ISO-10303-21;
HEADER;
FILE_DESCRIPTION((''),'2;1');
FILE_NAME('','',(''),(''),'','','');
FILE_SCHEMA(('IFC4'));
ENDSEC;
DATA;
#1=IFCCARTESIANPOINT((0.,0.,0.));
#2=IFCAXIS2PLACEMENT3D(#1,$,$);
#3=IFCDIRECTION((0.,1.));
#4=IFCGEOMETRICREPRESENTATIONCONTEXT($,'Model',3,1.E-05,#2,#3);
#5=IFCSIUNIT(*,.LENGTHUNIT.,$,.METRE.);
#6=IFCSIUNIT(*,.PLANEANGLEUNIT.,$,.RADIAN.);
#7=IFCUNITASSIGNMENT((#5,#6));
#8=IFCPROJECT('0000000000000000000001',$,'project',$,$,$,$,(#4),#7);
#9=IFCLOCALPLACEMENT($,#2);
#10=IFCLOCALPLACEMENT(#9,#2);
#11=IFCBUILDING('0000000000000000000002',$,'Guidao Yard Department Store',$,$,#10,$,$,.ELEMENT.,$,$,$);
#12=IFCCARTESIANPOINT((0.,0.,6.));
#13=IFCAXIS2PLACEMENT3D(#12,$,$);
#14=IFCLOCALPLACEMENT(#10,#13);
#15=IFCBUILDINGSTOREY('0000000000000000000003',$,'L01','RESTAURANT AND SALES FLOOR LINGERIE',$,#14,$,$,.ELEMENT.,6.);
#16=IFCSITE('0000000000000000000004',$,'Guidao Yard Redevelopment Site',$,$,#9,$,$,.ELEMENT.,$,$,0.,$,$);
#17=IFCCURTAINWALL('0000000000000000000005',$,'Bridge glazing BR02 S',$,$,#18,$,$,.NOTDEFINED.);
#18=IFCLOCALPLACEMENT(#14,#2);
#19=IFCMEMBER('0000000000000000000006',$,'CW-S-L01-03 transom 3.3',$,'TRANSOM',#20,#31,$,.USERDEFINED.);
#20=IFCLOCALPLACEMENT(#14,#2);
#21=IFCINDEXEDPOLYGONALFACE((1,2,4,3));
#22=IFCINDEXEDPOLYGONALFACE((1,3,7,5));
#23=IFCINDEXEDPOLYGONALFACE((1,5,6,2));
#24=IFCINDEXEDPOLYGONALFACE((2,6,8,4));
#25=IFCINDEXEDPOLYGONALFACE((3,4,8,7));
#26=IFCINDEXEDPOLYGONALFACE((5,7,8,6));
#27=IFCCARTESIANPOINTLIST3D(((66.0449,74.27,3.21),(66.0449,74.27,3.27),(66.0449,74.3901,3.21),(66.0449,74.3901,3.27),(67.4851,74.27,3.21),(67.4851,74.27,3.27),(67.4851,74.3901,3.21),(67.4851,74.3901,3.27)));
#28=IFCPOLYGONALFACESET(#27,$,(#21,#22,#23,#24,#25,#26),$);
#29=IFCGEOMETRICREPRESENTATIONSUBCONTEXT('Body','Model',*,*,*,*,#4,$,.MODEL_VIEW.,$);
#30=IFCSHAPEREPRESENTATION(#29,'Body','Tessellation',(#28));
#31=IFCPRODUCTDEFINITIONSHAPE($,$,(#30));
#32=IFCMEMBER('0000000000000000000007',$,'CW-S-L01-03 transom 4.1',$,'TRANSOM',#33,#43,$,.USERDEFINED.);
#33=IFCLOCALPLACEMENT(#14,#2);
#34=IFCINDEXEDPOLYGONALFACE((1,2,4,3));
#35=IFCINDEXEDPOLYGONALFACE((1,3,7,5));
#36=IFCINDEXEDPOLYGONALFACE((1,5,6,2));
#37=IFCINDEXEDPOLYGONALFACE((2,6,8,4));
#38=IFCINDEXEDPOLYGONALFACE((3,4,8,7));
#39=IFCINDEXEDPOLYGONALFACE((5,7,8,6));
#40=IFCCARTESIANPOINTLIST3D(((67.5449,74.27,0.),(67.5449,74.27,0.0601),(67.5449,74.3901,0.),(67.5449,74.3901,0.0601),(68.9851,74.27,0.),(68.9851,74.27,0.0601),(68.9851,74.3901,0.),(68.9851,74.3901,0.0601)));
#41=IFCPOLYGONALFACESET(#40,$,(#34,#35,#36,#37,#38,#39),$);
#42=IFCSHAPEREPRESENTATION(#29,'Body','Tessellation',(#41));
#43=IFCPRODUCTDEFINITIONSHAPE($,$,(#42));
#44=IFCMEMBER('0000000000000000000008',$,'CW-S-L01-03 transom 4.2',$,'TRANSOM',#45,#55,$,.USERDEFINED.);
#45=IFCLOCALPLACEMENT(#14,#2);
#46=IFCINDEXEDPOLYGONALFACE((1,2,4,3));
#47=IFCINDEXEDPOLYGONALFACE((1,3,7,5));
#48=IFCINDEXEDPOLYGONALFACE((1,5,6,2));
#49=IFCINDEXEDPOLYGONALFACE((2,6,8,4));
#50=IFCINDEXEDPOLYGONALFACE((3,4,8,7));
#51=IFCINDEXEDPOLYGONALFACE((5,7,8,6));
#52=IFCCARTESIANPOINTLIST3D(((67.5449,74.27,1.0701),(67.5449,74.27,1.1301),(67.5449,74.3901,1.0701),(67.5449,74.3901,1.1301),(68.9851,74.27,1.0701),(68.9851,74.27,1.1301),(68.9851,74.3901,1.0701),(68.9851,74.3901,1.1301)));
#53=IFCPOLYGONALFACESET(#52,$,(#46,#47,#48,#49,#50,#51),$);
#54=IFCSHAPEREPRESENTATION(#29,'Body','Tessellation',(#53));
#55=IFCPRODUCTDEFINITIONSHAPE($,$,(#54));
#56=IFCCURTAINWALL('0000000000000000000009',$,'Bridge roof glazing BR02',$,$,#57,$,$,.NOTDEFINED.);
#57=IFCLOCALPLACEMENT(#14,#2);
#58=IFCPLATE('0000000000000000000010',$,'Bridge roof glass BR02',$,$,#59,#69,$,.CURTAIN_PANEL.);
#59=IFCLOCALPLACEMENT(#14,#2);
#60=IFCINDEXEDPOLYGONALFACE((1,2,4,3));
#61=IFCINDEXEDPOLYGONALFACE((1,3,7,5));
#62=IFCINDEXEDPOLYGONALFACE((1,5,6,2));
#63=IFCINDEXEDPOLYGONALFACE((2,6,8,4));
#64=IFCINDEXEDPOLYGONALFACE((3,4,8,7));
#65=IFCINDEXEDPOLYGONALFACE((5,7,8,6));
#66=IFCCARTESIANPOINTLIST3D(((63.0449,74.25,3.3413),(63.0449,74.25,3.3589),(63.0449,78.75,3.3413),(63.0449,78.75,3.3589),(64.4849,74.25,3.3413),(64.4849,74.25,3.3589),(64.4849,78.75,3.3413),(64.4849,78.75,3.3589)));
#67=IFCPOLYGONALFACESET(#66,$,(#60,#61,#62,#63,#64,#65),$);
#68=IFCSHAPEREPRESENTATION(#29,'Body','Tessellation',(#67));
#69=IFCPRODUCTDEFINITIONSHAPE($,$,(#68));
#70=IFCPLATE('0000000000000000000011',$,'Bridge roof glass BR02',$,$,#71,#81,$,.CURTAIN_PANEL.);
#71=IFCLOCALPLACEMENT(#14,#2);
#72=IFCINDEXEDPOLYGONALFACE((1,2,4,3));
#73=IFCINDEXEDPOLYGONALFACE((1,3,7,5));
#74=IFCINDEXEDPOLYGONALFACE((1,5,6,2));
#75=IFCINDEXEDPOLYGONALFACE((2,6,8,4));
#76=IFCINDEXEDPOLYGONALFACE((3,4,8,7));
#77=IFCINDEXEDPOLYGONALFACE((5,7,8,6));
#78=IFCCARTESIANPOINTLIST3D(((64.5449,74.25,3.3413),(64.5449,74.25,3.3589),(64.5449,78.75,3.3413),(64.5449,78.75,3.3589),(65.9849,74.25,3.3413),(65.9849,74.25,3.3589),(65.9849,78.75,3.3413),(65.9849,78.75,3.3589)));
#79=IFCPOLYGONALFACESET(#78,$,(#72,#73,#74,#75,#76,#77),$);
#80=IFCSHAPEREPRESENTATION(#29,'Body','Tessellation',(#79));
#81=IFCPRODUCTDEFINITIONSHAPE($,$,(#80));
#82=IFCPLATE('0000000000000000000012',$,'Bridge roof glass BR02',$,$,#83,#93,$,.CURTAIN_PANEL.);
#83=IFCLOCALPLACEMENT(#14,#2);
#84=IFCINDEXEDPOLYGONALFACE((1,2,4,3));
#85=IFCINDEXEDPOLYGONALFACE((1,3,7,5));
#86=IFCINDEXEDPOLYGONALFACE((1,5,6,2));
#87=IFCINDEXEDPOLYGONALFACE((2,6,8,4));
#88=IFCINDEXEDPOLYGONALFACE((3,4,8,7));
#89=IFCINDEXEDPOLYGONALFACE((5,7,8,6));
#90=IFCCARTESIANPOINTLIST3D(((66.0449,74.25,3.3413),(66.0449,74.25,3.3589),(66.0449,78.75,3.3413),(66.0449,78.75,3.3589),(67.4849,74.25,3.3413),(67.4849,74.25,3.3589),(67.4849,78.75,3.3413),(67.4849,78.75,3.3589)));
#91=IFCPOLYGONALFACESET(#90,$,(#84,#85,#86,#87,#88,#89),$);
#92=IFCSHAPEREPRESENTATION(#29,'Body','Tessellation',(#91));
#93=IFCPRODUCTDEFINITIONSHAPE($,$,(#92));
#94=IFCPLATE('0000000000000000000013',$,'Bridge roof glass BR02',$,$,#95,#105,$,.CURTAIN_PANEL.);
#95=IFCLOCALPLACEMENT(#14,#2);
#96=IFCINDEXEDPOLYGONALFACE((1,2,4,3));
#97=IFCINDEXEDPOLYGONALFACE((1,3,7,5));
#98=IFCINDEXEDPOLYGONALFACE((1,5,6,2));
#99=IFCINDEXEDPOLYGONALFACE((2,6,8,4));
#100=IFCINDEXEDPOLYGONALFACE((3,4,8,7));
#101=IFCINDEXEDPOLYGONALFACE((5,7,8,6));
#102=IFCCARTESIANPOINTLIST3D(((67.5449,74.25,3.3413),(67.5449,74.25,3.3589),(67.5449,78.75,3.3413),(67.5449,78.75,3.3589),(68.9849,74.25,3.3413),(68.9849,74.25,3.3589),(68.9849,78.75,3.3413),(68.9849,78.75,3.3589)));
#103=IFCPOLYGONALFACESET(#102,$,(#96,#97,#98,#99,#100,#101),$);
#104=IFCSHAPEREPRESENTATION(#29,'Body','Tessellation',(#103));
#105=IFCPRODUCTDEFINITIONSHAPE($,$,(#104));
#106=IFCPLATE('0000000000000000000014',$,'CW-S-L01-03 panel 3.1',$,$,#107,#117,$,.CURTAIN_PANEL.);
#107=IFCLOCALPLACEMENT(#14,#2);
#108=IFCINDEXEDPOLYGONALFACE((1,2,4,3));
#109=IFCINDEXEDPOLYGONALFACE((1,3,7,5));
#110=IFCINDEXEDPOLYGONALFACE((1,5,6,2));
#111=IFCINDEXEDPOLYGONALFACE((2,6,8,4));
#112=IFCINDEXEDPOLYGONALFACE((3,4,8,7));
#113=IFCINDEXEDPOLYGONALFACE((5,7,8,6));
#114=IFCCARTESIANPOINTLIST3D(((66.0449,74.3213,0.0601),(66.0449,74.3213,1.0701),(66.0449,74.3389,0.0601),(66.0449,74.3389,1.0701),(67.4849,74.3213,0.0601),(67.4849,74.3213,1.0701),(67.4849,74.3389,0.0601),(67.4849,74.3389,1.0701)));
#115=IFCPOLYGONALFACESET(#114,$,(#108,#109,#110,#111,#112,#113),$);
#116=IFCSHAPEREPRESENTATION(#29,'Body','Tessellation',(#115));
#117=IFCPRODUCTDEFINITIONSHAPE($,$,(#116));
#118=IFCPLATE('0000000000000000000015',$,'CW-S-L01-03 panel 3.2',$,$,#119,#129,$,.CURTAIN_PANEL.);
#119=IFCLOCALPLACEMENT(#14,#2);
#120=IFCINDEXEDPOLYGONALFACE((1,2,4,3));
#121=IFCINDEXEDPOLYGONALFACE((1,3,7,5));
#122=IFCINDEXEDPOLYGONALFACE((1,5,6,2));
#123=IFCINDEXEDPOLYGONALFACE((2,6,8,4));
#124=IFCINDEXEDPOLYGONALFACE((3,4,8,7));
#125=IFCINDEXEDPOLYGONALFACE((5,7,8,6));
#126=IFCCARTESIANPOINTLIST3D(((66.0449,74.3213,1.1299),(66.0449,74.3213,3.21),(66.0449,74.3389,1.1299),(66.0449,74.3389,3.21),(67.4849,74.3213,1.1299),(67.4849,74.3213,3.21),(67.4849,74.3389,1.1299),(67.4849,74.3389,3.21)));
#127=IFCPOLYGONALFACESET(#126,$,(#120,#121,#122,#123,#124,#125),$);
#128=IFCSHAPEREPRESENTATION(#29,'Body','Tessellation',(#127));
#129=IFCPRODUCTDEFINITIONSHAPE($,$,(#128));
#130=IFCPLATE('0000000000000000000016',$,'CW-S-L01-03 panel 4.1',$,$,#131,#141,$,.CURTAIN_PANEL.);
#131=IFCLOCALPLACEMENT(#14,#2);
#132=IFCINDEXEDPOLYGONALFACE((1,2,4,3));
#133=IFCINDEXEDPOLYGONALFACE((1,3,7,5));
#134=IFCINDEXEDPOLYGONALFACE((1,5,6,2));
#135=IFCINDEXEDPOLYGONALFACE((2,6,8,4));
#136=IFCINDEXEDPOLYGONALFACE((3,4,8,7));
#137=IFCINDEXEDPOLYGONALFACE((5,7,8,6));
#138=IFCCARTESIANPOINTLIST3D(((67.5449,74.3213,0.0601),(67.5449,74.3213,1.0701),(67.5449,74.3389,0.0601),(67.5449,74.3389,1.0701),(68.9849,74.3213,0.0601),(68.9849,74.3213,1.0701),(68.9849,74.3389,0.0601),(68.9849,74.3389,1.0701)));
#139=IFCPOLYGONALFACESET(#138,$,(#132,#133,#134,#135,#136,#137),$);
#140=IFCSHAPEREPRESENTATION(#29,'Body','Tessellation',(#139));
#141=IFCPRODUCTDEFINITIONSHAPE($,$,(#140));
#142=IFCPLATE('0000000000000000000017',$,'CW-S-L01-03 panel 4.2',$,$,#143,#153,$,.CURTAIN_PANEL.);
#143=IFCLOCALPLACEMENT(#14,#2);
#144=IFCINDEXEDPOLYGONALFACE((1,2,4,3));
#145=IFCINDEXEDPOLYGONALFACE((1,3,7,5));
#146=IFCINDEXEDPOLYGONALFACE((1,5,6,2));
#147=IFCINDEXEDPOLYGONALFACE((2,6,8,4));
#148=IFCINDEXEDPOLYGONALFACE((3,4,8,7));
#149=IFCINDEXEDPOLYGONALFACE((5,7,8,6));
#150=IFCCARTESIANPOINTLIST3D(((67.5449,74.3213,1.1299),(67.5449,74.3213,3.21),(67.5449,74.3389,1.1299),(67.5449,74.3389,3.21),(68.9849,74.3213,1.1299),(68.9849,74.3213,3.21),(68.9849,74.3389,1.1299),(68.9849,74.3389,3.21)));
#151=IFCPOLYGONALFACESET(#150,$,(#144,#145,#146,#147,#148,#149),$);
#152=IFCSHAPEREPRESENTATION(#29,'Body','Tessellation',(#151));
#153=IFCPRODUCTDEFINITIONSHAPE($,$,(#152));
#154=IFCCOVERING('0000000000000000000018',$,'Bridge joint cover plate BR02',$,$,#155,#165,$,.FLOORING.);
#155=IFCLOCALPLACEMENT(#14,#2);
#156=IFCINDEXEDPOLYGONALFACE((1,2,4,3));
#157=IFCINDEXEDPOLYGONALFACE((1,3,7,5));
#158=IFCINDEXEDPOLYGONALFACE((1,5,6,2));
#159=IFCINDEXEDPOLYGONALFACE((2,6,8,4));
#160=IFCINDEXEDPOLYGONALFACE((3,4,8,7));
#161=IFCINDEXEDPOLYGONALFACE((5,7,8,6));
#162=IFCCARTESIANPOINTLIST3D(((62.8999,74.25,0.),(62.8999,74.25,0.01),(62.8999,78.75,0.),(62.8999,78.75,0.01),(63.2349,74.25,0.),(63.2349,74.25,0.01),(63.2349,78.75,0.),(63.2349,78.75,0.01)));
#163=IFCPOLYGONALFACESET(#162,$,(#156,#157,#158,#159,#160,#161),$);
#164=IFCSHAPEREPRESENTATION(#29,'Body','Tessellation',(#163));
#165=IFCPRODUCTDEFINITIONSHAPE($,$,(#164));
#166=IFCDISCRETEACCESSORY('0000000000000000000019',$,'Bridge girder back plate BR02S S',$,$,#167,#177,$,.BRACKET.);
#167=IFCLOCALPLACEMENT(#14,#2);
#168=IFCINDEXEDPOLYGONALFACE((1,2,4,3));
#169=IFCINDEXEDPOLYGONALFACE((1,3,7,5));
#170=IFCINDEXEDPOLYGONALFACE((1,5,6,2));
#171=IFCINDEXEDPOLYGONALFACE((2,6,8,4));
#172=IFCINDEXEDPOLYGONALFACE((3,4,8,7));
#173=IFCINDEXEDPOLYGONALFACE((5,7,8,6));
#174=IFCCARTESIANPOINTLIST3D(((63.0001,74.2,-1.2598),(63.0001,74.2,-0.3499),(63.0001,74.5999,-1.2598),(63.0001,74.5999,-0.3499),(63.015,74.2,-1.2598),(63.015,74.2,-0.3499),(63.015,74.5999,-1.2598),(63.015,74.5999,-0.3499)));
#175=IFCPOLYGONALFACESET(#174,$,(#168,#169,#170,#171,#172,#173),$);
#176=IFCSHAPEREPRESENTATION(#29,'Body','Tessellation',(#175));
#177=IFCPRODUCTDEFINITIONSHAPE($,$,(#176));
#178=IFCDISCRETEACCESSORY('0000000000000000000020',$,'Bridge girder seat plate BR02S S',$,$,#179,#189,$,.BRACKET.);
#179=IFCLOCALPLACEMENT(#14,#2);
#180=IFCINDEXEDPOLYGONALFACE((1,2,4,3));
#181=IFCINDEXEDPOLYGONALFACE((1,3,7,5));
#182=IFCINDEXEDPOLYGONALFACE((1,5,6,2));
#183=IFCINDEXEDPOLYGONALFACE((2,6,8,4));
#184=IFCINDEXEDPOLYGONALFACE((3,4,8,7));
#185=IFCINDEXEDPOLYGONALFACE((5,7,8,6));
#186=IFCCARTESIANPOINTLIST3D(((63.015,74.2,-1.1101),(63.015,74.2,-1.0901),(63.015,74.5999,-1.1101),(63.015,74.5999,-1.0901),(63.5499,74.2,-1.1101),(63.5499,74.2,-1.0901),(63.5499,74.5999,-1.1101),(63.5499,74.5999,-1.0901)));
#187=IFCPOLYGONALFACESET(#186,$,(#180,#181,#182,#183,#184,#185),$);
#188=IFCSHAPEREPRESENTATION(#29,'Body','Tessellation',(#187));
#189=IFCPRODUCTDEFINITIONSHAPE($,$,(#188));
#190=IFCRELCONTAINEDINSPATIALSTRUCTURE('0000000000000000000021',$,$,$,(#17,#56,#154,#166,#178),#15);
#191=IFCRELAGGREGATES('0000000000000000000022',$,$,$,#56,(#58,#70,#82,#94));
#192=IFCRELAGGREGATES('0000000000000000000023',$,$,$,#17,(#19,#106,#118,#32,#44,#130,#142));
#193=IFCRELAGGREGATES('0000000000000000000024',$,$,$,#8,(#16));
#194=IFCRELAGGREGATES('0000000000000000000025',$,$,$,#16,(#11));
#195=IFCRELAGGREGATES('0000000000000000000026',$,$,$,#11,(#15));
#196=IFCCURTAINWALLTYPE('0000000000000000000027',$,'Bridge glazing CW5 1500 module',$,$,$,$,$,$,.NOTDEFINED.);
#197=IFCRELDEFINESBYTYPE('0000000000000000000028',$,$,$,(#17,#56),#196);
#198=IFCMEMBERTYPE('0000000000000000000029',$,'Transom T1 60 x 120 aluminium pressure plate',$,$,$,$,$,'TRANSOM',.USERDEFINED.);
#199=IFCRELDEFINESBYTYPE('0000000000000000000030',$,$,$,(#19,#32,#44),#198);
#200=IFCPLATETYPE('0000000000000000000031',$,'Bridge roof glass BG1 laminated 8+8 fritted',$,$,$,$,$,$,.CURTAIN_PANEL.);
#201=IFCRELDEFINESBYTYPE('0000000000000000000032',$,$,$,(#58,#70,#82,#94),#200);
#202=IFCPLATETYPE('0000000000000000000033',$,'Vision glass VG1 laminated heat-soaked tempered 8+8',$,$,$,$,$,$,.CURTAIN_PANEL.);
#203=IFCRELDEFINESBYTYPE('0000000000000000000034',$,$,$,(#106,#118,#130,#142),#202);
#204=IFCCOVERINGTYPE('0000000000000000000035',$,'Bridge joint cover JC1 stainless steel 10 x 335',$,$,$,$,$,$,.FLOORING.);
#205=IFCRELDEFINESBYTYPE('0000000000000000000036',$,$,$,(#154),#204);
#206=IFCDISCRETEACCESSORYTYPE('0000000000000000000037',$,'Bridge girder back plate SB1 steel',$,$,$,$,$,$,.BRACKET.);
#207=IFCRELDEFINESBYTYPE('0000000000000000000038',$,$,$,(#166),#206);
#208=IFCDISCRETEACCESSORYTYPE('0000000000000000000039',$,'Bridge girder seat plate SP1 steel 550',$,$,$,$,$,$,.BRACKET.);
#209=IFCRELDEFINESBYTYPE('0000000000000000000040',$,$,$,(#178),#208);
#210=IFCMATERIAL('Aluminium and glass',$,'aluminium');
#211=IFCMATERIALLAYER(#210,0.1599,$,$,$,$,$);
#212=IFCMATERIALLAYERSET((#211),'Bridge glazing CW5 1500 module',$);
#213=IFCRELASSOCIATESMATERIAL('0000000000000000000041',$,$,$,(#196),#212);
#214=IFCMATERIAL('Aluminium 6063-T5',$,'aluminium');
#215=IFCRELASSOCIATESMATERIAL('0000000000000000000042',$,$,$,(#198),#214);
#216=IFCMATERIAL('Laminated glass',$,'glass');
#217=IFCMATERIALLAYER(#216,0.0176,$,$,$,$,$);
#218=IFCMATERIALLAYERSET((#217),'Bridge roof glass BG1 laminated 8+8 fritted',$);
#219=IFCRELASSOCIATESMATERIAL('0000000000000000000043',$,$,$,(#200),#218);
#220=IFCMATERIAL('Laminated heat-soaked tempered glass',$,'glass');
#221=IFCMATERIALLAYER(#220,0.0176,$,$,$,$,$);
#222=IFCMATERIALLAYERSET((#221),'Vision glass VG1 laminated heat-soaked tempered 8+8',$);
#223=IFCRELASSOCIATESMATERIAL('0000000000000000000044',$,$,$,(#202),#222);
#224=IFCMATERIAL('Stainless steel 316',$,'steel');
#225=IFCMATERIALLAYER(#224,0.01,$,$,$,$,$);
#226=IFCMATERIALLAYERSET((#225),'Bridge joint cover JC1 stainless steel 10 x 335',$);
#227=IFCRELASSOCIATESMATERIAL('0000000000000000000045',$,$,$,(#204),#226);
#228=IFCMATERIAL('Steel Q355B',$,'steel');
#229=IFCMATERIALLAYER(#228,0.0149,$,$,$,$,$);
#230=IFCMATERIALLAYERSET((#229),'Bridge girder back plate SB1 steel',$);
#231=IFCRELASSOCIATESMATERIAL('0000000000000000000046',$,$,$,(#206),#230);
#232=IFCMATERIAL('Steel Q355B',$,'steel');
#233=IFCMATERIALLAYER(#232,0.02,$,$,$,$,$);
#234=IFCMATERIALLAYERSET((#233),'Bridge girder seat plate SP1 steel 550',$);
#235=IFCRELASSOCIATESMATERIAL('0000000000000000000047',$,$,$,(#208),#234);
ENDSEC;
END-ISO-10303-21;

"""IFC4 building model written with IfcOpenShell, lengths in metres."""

from ifc_helpers import new_model, si_unit, direction, frame, origin, origin_2d, place, context, subcontext, project, spatial, rectangle, extrude, material, layer, layer_set, material_profile, profile_set, type_object, element, aggregate, save


model = new_model("IFC4")

# Units and contexts
model_context = context("Model", 3, precision=1e-05, world=origin(), true_north=direction((0.0, 1.0)))
body_context = subcontext(model_context, "Body", "Model", "MODEL_VIEW")
ifc_project = project(units=[si_unit("LENGTHUNIT", "METRE"), si_unit("PLANEANGLEUNIT", "RADIAN")], contexts=[model_context])

# Site, building, storey
site_placement = place(None, origin())
site = spatial("IfcSite", under=ifc_project, at=site_placement, Name="Guidao Yard Redevelopment Site", CompositionType="ELEMENT", RefElevation=0.0)
building_placement = place(site_placement, origin())
building = spatial("IfcBuilding", under=site, at=building_placement, Name="Guidao Yard Department Store", CompositionType="ELEMENT")
storey_placement = place(building_placement, frame((0.0, 0.0, 6.0)))
storey = spatial("IfcBuildingStorey", under=building, at=storey_placement, Name="L01", Description="RESTAURANT AND SALES FLOOR LINGERIE", CompositionType="ELEMENT", Elevation=6.0)

# Curtain wall, members
ifc_material_1 = material(Name="Aluminium and glass", Category="aluminium")
ifc_layer_1 = layer(ifc_material_1, 0.1599)
ifc_layer_set_1 = layer_set([ifc_layer_1], Name="Bridge glazing CW5 1500 module")
curtain_wall_type = type_object("IfcCurtainWallType", Name="Bridge glazing CW5 1500 module", PredefinedType="NOTDEFINED", material=ifc_layer_set_1)
curtain_wall_1_placement = place(storey_placement, origin())
curtain_wall_1 = element("IfcCurtainWall", 1, at=curtain_wall_1_placement, inside=storey, type_object=curtain_wall_type, Name="Bridge glazing BR02 S", PredefinedType="NOTDEFINED")
ifc_material_2 = material(Name="Aluminium 6063-T5", Category="aluminium")
ifc_material_profile_1 = material_profile(ifc_material_2, rectangle(XDim=0.1201, YDim=0.0601, at=origin_2d()), Name="Transom T1 60 x 120 aluminium pressure plate")
ifc_profile_set_1 = profile_set([ifc_material_profile_1], Name="Aluminium 6063-T5")
member_type_1 = type_object("IfcMemberType", Name="Transom T1 60 x 120 aluminium pressure plate", ElementType="TRANSOM", PredefinedType="USERDEFINED", material=ifc_profile_set_1)
member_1_placement = place(storey_placement, frame((67.4851, 74.3301, 3.24), z_axis=(-1.0, 0.0, 0.0), x_axis=(0.0, -1.0, 0.0)))
member_1 = element("IfcMember", 2, at=member_1_placement, type_object=member_type_1, Name="CW-S-L01-03 transom 3.3", ObjectType="TRANSOM", PredefinedType="USERDEFINED", context=body_context, shape_type="SweptSolid", body=[
    extrude(rectangle(XDim=0.1201, YDim=0.0601, at=origin_2d()), origin(), (0.0, 0.0, 1.0), 1.4402),
])
member_2_placement = place(storey_placement, frame((68.9851, 74.3301, 0.03), z_axis=(-1.0, 0.0, 0.0), x_axis=(0.0, -1.0, 0.0)))
member_2 = element("IfcMember", 3, at=member_2_placement, type_object=member_type_1, Name="CW-S-L01-03 transom 4.1", ObjectType="TRANSOM", PredefinedType="USERDEFINED", context=body_context, shape_type="SweptSolid", body=[
    extrude(rectangle(XDim=0.1201, YDim=0.0601, at=origin_2d()), origin(), (0.0, 0.0, 1.0), 1.4402),
])
member_3_placement = place(storey_placement, frame((68.9851, 74.3301, 1.1001), z_axis=(-1.0, 0.0, 0.0), x_axis=(0.0, -1.0, 0.0)))
member_3 = element("IfcMember", 4, at=member_3_placement, type_object=member_type_1, Name="CW-S-L01-03 transom 4.2", ObjectType="TRANSOM", PredefinedType="USERDEFINED", context=body_context, shape_type="SweptSolid", body=[
    extrude(rectangle(XDim=0.1201, YDim=0.0601, at=origin_2d()), origin(), (0.0, 0.0, 1.0), 1.4402),
])

# Curtain wall, plates
curtain_wall_2_placement = place(storey_placement, origin())
curtain_wall_2 = element("IfcCurtainWall", 5, at=curtain_wall_2_placement, inside=storey, type_object=curtain_wall_type, Name="Bridge roof glazing BR02", PredefinedType="NOTDEFINED")
ifc_material_3 = material(Name="Laminated glass", Category="glass")
ifc_layer_2 = layer(ifc_material_3, 0.0176)
ifc_layer_set_2 = layer_set([ifc_layer_2], Name="Bridge roof glass BG1 laminated 8+8 fritted")
plate_type_1 = type_object("IfcPlateType", Name="Bridge roof glass BG1 laminated 8+8 fritted", PredefinedType="CURTAIN_PANEL", material=ifc_layer_set_2)
plate_1_placement = place(storey_placement, frame((63.7649, 76.5, 3.3413), z_axis=(0.0, 0.0, 1.0), x_axis=(1.0, 0.0, 0.0)))
plate_1 = element("IfcPlate", 6, at=plate_1_placement, type_object=plate_type_1, Name="Bridge roof glass BR02", PredefinedType="CURTAIN_PANEL", context=body_context, shape_type="SweptSolid", body=[
    extrude(rectangle(XDim=1.4399, YDim=4.5, at=origin_2d()), origin(), (0.0, 0.0, 1.0), 0.0176),
])
plate_2_placement = place(storey_placement, frame((65.2649, 76.5, 3.3413), z_axis=(0.0, 0.0, 1.0), x_axis=(1.0, 0.0, 0.0)))
plate_2 = element("IfcPlate", 7, at=plate_2_placement, type_object=plate_type_1, Name="Bridge roof glass BR02", PredefinedType="CURTAIN_PANEL", context=body_context, shape_type="SweptSolid", body=[
    extrude(rectangle(XDim=1.4399, YDim=4.5, at=origin_2d()), origin(), (0.0, 0.0, 1.0), 0.0176),
])
plate_3_placement = place(storey_placement, frame((66.7649, 76.5, 3.3413), z_axis=(0.0, 0.0, 1.0), x_axis=(1.0, 0.0, 0.0)))
plate_3 = element("IfcPlate", 8, at=plate_3_placement, type_object=plate_type_1, Name="Bridge roof glass BR02", PredefinedType="CURTAIN_PANEL", context=body_context, shape_type="SweptSolid", body=[
    extrude(rectangle(XDim=1.4399, YDim=4.5, at=origin_2d()), origin(), (0.0, 0.0, 1.0), 0.0176),
])
plate_4_placement = place(storey_placement, frame((68.2649, 76.5, 3.3413), z_axis=(0.0, 0.0, 1.0), x_axis=(1.0, 0.0, 0.0)))
plate_4 = element("IfcPlate", 9, at=plate_4_placement, type_object=plate_type_1, Name="Bridge roof glass BR02", PredefinedType="CURTAIN_PANEL", context=body_context, shape_type="SweptSolid", body=[
    extrude(rectangle(XDim=1.4399, YDim=4.5, at=origin_2d()), origin(), (0.0, 0.0, 1.0), 0.0176),
])
aggregate(curtain_wall_2, [plate_1, plate_2, plate_3, plate_4])

# Plates
ifc_material_4 = material(Name="Laminated heat-soaked tempered glass", Category="glass")
ifc_layer_3 = layer(ifc_material_4, 0.0176)
ifc_layer_set_3 = layer_set([ifc_layer_3], Name="Vision glass VG1 laminated heat-soaked tempered 8+8")
plate_type_2 = type_object("IfcPlateType", Name="Vision glass VG1 laminated heat-soaked tempered 8+8", PredefinedType="CURTAIN_PANEL", material=ifc_layer_set_3)
plate_5_placement = place(storey_placement, frame((66.7649, 74.3301, 0.0601), z_axis=(0.0, 0.0, 1.0), x_axis=(-1.0, 0.0, 0.0)))
plate_5 = element("IfcPlate", 10, at=plate_5_placement, type_object=plate_type_2, Name="CW-S-L01-03 panel 3.1", PredefinedType="CURTAIN_PANEL", context=body_context, shape_type="SweptSolid", body=[
    extrude(rectangle(XDim=1.4399, YDim=0.0176, at=origin_2d()), origin(), (0.0, 0.0, 1.0), 1.01),
])
plate_6_placement = place(storey_placement, frame((66.7649, 74.3301, 1.1299), z_axis=(0.0, 0.0, 1.0), x_axis=(-1.0, 0.0, 0.0)))
plate_6 = element("IfcPlate", 11, at=plate_6_placement, type_object=plate_type_2, Name="CW-S-L01-03 panel 3.2", PredefinedType="CURTAIN_PANEL", context=body_context, shape_type="SweptSolid", body=[
    extrude(rectangle(XDim=1.4399, YDim=0.0176, at=origin_2d()), origin(), (0.0, 0.0, 1.0), 2.0801),
])
plate_7_placement = place(storey_placement, frame((68.2649, 74.3301, 0.0601), z_axis=(0.0, 0.0, 1.0), x_axis=(-1.0, 0.0, 0.0)))
plate_7 = element("IfcPlate", 12, at=plate_7_placement, type_object=plate_type_2, Name="CW-S-L01-03 panel 4.1", PredefinedType="CURTAIN_PANEL", context=body_context, shape_type="SweptSolid", body=[
    extrude(rectangle(XDim=1.4399, YDim=0.0176, at=origin_2d()), origin(), (0.0, 0.0, 1.0), 1.01),
])
plate_8_placement = place(storey_placement, frame((68.2649, 74.3301, 1.1299), z_axis=(0.0, 0.0, 1.0), x_axis=(-1.0, 0.0, 0.0)))
plate_8 = element("IfcPlate", 13, at=plate_8_placement, type_object=plate_type_2, Name="CW-S-L01-03 panel 4.2", PredefinedType="CURTAIN_PANEL", context=body_context, shape_type="SweptSolid", body=[
    extrude(rectangle(XDim=1.4399, YDim=0.0176, at=origin_2d()), origin(), (0.0, 0.0, 1.0), 2.0801),
])
aggregate(curtain_wall_1, [member_1, plate_5, plate_6, member_2, member_3, plate_7, plate_8])

# Covering
ifc_material_5 = material(Name="Stainless steel 316", Category="steel")
ifc_layer_4 = layer(ifc_material_5, 0.01)
ifc_layer_set_4 = layer_set([ifc_layer_4], Name="Bridge joint cover JC1 stainless steel 10 x 335")
covering_type = type_object("IfcCoveringType", Name="Bridge joint cover JC1 stainless steel 10 x 335", PredefinedType="FLOORING", material=ifc_layer_set_4)
covering_placement = place(storey_placement, frame((63.0674, 76.5, 0.0), z_axis=(0.0, 0.0, 1.0), x_axis=(1.0, 0.0, 0.0)))
element("IfcCovering", 14, at=covering_placement, inside=storey, type_object=covering_type, Name="Bridge joint cover plate BR02", PredefinedType="FLOORING", context=body_context, shape_type="SweptSolid", body=[
    extrude(rectangle(XDim=0.335, YDim=4.5, at=origin_2d()), origin(), (0.0, 0.0, 1.0), 0.01),
])

# Discrete accessories
ifc_material_6 = material(Name="Steel Q355B", Category="steel")
ifc_layer_5 = layer(ifc_material_6, 0.0149)
ifc_layer_set_5 = layer_set([ifc_layer_5], Name="Bridge girder back plate SB1 steel")
discrete_accessory_type_1 = type_object("IfcDiscreteAccessoryType", Name="Bridge girder back plate SB1 steel", PredefinedType="BRACKET", material=ifc_layer_set_5)
discrete_accessory_1_placement = place(storey_placement, frame((63.0076, 74.3999, -1.2598), z_axis=(0.0, 0.0, 1.0), x_axis=(1.0, 0.0, 0.0)))
element("IfcDiscreteAccessory", 15, at=discrete_accessory_1_placement, inside=storey, type_object=discrete_accessory_type_1, Name="Bridge girder back plate BR02S S", PredefinedType="BRACKET", context=body_context, shape_type="SweptSolid", body=[
    extrude(rectangle(XDim=0.0149, YDim=0.3999, at=origin_2d()), origin(), (0.0, 0.0, 1.0), 0.9099),
])
ifc_material_7 = material(Name="Steel Q355B", Category="steel")
ifc_layer_6 = layer(ifc_material_7, 0.02)
ifc_layer_set_6 = layer_set([ifc_layer_6], Name="Bridge girder seat plate SP1 steel 550")
discrete_accessory_type_2 = type_object("IfcDiscreteAccessoryType", Name="Bridge girder seat plate SP1 steel 550", PredefinedType="BRACKET", material=ifc_layer_set_6)
discrete_accessory_2_placement = place(storey_placement, frame((63.2825, 74.3999, -1.1101), z_axis=(0.0, 0.0, 1.0), x_axis=(1.0, 0.0, 0.0)))
element("IfcDiscreteAccessory", 16, at=discrete_accessory_2_placement, inside=storey, type_object=discrete_accessory_type_2, Name="Bridge girder seat plate BR02S S", PredefinedType="BRACKET", context=body_context, shape_type="SweptSolid", body=[
    extrude(rectangle(XDim=0.5349, YDim=0.3999, at=origin_2d()), origin(), (0.0, 0.0, 1.0), 0.02),
])

save(model, "model.ifc")
